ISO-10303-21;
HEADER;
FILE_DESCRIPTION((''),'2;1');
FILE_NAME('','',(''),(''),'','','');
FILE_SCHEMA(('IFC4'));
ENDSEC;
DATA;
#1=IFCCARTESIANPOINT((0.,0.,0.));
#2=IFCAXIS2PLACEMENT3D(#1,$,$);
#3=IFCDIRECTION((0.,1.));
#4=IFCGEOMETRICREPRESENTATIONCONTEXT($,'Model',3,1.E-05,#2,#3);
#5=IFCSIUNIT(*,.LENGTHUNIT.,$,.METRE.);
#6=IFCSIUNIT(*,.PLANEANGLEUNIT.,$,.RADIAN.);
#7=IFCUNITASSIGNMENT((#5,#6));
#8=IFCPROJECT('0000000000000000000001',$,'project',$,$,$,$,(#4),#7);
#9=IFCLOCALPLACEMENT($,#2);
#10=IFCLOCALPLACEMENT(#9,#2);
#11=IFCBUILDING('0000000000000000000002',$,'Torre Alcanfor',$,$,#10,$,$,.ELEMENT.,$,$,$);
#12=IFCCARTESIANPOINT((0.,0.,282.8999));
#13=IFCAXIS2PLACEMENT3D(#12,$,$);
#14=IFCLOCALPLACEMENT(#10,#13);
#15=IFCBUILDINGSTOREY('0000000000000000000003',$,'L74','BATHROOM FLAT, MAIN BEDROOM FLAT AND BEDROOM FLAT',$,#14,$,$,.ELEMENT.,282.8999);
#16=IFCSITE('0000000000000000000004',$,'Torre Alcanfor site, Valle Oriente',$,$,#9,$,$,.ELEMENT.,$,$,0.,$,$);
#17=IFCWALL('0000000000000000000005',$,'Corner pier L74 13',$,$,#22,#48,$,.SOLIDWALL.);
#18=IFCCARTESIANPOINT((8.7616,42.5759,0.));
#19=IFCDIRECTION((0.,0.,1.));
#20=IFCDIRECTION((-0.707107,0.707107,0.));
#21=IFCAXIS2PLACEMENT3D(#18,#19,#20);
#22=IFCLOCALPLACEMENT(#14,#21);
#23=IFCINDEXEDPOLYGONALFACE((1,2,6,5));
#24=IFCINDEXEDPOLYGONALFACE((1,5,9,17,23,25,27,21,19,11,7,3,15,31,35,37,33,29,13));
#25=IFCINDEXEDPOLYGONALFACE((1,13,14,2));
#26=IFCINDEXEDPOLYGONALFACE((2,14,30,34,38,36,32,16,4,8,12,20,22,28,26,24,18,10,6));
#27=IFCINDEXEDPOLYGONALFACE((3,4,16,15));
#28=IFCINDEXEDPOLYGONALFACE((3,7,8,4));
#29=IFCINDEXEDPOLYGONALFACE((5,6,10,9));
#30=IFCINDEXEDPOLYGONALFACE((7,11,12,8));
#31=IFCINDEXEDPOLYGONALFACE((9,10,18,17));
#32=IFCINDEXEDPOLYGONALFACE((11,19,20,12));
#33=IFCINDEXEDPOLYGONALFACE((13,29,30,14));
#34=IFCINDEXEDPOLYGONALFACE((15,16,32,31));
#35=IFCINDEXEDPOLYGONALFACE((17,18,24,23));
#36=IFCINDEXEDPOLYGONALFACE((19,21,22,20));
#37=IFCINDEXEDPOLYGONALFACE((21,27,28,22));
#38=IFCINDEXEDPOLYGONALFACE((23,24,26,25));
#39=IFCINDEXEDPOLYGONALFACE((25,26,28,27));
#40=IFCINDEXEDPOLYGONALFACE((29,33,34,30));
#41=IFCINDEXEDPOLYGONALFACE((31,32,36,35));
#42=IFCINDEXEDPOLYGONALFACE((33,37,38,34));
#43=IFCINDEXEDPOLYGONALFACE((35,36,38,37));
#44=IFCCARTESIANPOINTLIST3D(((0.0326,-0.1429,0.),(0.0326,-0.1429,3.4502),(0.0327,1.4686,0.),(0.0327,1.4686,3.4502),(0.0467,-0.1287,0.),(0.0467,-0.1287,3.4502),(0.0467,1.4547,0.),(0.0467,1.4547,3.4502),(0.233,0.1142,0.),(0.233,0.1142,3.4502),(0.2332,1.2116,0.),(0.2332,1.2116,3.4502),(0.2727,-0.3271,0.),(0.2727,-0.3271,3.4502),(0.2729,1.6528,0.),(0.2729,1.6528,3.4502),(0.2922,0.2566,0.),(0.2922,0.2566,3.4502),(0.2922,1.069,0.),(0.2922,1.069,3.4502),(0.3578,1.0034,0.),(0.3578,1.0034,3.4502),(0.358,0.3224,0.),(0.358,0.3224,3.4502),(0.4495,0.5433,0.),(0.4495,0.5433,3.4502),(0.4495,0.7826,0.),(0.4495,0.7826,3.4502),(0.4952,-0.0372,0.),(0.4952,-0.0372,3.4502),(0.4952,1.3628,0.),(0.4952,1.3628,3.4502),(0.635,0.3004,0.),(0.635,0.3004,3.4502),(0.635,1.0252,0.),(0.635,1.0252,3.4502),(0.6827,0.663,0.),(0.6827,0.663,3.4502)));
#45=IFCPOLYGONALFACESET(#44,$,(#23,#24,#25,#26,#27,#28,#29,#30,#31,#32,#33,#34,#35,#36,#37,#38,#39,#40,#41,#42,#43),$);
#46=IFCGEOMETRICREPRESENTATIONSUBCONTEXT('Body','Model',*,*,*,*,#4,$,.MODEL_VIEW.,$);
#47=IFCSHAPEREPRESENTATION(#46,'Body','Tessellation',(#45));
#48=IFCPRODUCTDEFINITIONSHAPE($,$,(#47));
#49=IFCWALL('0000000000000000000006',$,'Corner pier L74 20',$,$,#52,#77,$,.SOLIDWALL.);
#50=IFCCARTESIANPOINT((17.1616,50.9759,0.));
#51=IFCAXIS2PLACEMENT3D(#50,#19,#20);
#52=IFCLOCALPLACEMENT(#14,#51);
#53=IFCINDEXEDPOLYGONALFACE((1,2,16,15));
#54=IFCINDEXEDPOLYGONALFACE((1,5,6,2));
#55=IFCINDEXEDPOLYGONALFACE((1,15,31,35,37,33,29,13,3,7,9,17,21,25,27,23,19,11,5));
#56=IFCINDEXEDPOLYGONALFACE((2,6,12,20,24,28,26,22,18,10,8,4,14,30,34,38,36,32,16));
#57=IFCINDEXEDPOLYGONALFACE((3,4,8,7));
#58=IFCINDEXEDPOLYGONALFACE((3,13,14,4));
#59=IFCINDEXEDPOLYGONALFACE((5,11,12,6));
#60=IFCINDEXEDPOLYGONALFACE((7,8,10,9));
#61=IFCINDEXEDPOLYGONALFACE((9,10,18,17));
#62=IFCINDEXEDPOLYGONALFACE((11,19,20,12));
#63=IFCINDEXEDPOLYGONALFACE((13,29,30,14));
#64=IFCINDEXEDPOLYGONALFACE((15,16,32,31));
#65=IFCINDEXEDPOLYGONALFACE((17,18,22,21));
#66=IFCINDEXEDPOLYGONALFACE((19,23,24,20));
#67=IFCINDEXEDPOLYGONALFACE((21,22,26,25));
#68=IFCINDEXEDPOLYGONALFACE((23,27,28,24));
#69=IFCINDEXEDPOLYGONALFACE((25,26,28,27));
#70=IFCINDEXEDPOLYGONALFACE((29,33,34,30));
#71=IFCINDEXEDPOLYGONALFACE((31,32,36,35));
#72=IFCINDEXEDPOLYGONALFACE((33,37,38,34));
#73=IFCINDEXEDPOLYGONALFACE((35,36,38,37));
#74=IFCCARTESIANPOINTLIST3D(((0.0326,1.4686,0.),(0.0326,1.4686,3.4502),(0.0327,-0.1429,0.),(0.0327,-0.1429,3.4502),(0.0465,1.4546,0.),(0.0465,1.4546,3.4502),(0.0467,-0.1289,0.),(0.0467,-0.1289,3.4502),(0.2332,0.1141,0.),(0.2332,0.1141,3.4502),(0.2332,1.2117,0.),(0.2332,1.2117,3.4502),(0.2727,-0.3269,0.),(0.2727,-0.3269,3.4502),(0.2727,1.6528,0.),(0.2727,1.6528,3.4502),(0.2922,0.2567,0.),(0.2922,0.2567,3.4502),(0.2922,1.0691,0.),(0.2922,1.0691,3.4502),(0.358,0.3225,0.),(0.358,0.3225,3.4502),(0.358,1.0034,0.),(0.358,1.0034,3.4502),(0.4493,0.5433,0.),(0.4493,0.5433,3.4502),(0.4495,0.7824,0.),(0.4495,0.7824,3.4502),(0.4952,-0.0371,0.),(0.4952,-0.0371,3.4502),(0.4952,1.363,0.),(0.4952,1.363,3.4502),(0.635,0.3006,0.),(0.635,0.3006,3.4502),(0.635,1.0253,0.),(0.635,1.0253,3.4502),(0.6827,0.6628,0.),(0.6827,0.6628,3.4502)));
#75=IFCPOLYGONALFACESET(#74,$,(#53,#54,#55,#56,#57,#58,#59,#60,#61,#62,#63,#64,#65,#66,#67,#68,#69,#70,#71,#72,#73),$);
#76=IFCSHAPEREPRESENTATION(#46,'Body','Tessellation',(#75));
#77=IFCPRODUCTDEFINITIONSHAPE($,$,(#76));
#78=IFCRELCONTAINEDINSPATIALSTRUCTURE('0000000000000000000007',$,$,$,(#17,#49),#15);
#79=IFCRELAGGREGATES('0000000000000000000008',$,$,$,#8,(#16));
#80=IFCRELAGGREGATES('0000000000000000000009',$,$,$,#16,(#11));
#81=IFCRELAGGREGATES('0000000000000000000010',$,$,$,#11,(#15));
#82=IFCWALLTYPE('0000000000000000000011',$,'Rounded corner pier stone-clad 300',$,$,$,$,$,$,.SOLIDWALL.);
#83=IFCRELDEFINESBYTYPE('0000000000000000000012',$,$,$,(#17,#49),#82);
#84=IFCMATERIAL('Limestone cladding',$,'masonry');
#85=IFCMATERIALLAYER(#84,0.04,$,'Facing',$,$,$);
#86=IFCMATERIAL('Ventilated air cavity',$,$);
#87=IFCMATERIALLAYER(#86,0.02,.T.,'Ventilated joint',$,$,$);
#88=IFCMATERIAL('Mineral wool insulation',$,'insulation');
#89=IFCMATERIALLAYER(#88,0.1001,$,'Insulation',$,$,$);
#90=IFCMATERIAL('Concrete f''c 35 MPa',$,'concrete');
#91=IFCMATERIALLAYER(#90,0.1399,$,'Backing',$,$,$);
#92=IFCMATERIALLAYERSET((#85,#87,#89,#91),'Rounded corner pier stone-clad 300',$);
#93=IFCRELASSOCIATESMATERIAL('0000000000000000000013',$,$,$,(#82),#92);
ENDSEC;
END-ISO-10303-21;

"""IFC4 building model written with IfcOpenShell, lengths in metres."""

from ifc_helpers import new_model, si_unit, direction, frame, origin, place, context, subcontext, project, spatial, polyline, outline, extrude, material, layer, layer_set, type_object, element, save


model = new_model("IFC4")

# Units and contexts
model_context = context("Model", 3, precision=1e-05, world=origin(), true_north=direction((0.0, 1.0)))
body_context = subcontext(model_context, "Body", "Model", "MODEL_VIEW")
ifc_project = project(units=[si_unit("LENGTHUNIT", "METRE"), si_unit("PLANEANGLEUNIT", "RADIAN")], contexts=[model_context])

# Site, building, storey
site_placement = place(None, origin())
site = spatial("IfcSite", under=ifc_project, at=site_placement, Name="Torre Alcanfor site, Valle Oriente", CompositionType="ELEMENT", RefElevation=0.0)
building_placement = place(site_placement, origin())
building = spatial("IfcBuilding", under=site, at=building_placement, Name="Torre Alcanfor", CompositionType="ELEMENT")
storey_placement = place(building_placement, frame((0.0, 0.0, 282.8999)))
storey = spatial("IfcBuildingStorey", under=building, at=storey_placement, Name="L74", Description="BATHROOM FLAT, MAIN BEDROOM FLAT AND BEDROOM FLAT", CompositionType="ELEMENT", Elevation=282.8999)

# Shared definitions
ifc_material_1 = material(Name="Limestone cladding", Category="masonry")
ifc_material_2 = material(Name="Ventilated air cavity")
ifc_material_3 = material(Name="Mineral wool insulation", Category="insulation")
ifc_material_4 = material(Name="Concrete f'c 35 MPa", Category="concrete")

# Walls
ifc_layer_1 = layer(ifc_material_1, 0.04, Name="Facing")
ifc_layer_2 = layer(ifc_material_2, 0.02, ventilated=True, Name="Ventilated joint")
ifc_layer_3 = layer(ifc_material_3, 0.1001, Name="Insulation")
ifc_layer_4 = layer(ifc_material_4, 0.1399, Name="Backing")
ifc_layer_set_1 = layer_set([ifc_layer_1, ifc_layer_2, ifc_layer_3, ifc_layer_4], Name="Rounded corner pier stone-clad 300")
wall_type_1 = type_object("IfcWallType", Name="Rounded corner pier stone-clad 300", PredefinedType="SOLIDWALL", material=ifc_layer_set_1)
wall_1_placement = place(storey_placement, frame((8.7616, 42.5759, 0.0), z_axis=(0.0, 0.0, 1.0), x_axis=(-0.707107, 0.707107, 0.0)))
element("IfcWall", 1, at=wall_1_placement, inside=storey, type_object=wall_type_1, Name="Corner pier L74 13", PredefinedType="SOLIDWALL", context=body_context, shape_type="SweptSolid", body=[
    extrude(outline(polyline([(0.233, 0.1142), (0.0467, -0.1287), (0.0326, -0.1429), (0.2727, -0.3271), (0.4952, -0.0372), (0.635, 0.3004), (0.6827, 0.663), (0.635, 1.0252), (0.4952, 1.3628), (0.2729, 1.6528), (0.0327, 1.4686), (0.0467, 1.4547), (0.2332, 1.2116), (0.2922, 1.069), (0.3578, 1.0034), (0.4495, 0.7826), (0.4495, 0.5433), (0.358, 0.3224), (0.2922, 0.2566), (0.233, 0.1142)])), origin(), (0.0, 0.0, 1.0), 3.4502),
])
wall_2_placement = place(storey_placement, frame((17.1616, 50.9759, 0.0), z_axis=(0.0, 0.0, 1.0), x_axis=(-0.707107, 0.707107, 0.0)))
element("IfcWall", 2, at=wall_2_placement, inside=storey, type_object=wall_type_1, Name="Corner pier L74 20", PredefinedType="SOLIDWALL", context=body_context, shape_type="SweptSolid", body=[
    extrude(outline(polyline([(0.0467, -0.1289), (0.0327, -0.1429), (0.2727, -0.3269), (0.4952, -0.0371), (0.635, 0.3006), (0.6827, 0.6628), (0.635, 1.0253), (0.4952, 1.363), (0.2727, 1.6528), (0.0326, 1.4686), (0.0465, 1.4546), (0.2332, 1.2117), (0.2922, 1.0691), (0.358, 1.0034), (0.4495, 0.7824), (0.4493, 0.5433), (0.358, 0.3225), (0.2922, 0.2567), (0.2332, 0.1141), (0.0467, -0.1289)])), origin(), (0.0, 0.0, 1.0), 3.4502),
])

save(model, "model.ifc")
